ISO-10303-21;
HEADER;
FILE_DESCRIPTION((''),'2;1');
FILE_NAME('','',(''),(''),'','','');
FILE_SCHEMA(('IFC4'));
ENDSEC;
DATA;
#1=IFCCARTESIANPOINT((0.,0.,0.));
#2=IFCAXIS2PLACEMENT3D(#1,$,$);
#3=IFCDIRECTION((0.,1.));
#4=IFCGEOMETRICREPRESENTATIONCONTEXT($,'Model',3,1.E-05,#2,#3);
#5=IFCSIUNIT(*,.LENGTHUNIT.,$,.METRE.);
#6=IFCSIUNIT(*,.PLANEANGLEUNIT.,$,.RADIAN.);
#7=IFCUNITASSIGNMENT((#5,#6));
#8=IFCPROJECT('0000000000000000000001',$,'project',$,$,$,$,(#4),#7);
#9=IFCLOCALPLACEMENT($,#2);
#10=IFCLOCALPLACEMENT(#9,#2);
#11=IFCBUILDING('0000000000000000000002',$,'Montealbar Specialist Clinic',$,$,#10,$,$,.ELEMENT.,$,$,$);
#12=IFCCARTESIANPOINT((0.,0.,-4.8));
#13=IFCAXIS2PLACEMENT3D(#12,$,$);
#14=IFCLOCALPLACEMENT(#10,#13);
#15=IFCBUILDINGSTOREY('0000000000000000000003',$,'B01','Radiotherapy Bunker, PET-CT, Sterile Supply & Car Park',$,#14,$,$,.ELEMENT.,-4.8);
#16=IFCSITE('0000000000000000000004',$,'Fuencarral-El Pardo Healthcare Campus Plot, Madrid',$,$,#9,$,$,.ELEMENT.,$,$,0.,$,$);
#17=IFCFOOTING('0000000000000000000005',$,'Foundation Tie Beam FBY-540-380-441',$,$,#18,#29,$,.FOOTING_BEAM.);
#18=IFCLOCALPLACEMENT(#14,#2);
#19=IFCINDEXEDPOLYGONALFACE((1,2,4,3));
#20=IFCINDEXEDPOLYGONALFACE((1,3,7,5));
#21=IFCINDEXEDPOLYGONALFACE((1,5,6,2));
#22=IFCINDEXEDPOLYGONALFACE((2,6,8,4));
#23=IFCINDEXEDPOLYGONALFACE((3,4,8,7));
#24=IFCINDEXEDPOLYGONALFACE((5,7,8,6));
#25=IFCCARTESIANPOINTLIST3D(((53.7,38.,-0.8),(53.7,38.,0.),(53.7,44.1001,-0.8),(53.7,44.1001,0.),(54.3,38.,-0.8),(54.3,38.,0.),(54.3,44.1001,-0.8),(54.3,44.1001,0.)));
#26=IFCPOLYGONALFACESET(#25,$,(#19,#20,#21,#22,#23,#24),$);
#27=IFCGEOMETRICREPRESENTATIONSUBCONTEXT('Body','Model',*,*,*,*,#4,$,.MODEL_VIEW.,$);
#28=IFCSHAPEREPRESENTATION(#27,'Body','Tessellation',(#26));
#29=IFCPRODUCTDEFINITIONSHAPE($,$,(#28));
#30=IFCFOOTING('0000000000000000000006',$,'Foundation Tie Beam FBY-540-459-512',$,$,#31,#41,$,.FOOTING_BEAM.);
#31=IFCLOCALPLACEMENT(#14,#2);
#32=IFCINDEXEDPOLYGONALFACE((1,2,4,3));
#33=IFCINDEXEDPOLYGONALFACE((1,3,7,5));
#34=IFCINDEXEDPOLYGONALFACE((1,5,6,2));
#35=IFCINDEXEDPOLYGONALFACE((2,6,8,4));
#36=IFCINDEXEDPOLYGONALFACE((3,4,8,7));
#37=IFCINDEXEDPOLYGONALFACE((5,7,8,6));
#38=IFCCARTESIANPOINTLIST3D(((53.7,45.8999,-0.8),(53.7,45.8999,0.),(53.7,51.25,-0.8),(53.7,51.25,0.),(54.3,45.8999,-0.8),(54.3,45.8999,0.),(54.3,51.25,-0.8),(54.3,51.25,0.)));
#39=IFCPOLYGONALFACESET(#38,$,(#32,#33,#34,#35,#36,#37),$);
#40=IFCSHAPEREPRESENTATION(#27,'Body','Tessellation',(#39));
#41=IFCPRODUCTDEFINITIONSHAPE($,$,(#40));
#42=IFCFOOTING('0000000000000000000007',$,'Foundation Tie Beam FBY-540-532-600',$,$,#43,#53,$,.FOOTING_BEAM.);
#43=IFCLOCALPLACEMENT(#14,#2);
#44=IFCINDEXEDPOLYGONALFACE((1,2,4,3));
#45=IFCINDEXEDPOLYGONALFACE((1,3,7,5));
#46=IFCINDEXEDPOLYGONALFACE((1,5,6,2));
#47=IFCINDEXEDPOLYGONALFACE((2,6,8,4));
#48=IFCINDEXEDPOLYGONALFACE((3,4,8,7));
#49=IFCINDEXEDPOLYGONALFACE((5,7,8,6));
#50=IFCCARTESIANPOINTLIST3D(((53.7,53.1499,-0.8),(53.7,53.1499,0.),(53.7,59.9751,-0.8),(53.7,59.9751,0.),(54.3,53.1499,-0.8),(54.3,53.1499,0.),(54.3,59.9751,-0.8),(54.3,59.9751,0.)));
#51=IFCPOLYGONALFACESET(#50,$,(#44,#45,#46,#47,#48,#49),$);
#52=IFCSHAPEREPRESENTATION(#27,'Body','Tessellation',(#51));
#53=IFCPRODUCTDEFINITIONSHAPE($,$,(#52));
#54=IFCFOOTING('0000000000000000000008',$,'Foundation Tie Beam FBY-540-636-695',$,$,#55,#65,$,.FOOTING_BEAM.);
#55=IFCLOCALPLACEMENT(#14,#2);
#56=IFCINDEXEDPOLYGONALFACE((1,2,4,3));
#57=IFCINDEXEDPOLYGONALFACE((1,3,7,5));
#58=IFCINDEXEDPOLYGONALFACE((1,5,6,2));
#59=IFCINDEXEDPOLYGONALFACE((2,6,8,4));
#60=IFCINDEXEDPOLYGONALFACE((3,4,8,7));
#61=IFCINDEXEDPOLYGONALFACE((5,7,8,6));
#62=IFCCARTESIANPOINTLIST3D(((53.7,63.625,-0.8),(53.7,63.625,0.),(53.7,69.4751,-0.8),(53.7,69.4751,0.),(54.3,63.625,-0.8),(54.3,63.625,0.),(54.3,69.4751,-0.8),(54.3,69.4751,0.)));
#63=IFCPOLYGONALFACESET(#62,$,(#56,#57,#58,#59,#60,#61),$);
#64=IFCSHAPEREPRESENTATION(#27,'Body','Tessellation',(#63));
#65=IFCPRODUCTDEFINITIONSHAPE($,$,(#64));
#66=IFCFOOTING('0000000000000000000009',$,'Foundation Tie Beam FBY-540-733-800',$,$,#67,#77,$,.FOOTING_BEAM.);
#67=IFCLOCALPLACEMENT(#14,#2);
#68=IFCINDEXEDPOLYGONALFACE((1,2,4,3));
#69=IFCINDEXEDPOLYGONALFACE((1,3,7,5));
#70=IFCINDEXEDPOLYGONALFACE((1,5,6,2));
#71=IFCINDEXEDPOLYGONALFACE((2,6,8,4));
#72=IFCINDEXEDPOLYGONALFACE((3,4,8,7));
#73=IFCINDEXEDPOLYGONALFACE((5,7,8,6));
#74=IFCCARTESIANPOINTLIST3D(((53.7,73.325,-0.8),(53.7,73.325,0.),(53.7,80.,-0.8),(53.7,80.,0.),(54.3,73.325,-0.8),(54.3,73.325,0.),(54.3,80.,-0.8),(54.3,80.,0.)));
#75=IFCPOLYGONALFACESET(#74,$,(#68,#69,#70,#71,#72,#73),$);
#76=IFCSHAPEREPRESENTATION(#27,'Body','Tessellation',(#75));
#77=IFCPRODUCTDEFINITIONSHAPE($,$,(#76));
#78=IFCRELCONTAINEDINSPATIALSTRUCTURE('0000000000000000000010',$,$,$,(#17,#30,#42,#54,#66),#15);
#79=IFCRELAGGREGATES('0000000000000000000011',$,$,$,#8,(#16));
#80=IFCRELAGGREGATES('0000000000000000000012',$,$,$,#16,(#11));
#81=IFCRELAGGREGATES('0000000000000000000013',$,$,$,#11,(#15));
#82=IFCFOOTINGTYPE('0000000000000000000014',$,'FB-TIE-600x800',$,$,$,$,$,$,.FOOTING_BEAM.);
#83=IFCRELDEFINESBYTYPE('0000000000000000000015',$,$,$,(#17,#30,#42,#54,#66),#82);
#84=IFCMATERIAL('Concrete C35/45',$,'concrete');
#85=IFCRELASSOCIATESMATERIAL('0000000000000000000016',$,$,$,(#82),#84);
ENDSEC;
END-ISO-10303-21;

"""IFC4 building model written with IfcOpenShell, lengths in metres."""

from ifc_helpers import new_model, si_unit, direction, frame, origin, place, context, subcontext, project, spatial, polyline, outline, extrude, material, type_object, element, save


model = new_model("IFC4")

# Units and contexts
model_context = context("Model", 3, precision=1e-05, world=origin(), true_north=direction((0.0, 1.0)))
body_context = subcontext(model_context, "Body", "Model", "MODEL_VIEW")
ifc_project = project(units=[si_unit("LENGTHUNIT", "METRE"), si_unit("PLANEANGLEUNIT", "RADIAN")], contexts=[model_context])

# Site, building, storey
site_placement = place(None, origin())
site = spatial("IfcSite", under=ifc_project, at=site_placement, Name="Fuencarral-El Pardo Healthcare Campus Plot, Madrid", CompositionType="ELEMENT", RefElevation=0.0)
building_placement = place(site_placement, origin())
building = spatial("IfcBuilding", under=site, at=building_placement, Name="Montealbar Specialist Clinic", CompositionType="ELEMENT")
storey_placement = place(building_placement, frame((0.0, 0.0, -4.8)))
storey = spatial("IfcBuildingStorey", under=building, at=storey_placement, Name="B01", Description="Radiotherapy Bunker, PET-CT, Sterile Supply & Car Park", CompositionType="ELEMENT", Elevation=-4.8)

# Footings
ifc_material = material(Name="Concrete C35/45", Category="concrete")
footing_type = type_object("IfcFootingType", Name="FB-TIE-600x800", PredefinedType="FOOTING_BEAM", material=ifc_material)
footing_1_placement = place(storey_placement, frame((0.0, 0.0, -0.8)))
element("IfcFooting", 1, at=footing_1_placement, inside=storey, type_object=footing_type, Name="Foundation Tie Beam FBY-540-380-441", PredefinedType="FOOTING_BEAM", context=body_context, shape_type="SweptSolid", body=[
    extrude(outline(polyline([(53.7, 38.0), (54.3, 38.0), (54.3, 44.1001), (53.7, 44.1001), (53.7, 38.0)])), origin(), (0.0, 0.0, 1.0), 0.8),
])
footing_2_placement = place(storey_placement, frame((0.0, 0.0, -0.8)))
element("IfcFooting", 2, at=footing_2_placement, inside=storey, type_object=footing_type, Name="Foundation Tie Beam FBY-540-459-512", PredefinedType="FOOTING_BEAM", context=body_context, shape_type="SweptSolid", body=[
    extrude(outline(polyline([(53.7, 45.8999), (54.3, 45.8999), (54.3, 51.25), (53.7, 51.25), (53.7, 45.8999)])), origin(), (0.0, 0.0, 1.0), 0.8),
])
footing_3_placement = place(storey_placement, frame((0.0, 0.0, -0.8)))
element("IfcFooting", 3, at=footing_3_placement, inside=storey, type_object=footing_type, Name="Foundation Tie Beam FBY-540-532-600", PredefinedType="FOOTING_BEAM", context=body_context, shape_type="SweptSolid", body=[
    extrude(outline(polyline([(53.7, 53.1499), (54.3, 53.1499), (54.3, 59.9751), (53.7, 59.9751), (53.7, 53.1499)])), origin(), (0.0, 0.0, 1.0), 0.8),
])
footing_4_placement = place(storey_placement, frame((0.0, 0.0, -0.8)))
element("IfcFooting", 4, at=footing_4_placement, inside=storey, type_object=footing_type, Name="Foundation Tie Beam FBY-540-636-695", PredefinedType="FOOTING_BEAM", context=body_context, shape_type="SweptSolid", body=[
    extrude(outline(polyline([(53.7, 63.625), (54.3, 63.625), (54.3, 69.4751), (53.7, 69.4751), (53.7, 63.625)])), origin(), (0.0, 0.0, 1.0), 0.8),
])
footing_5_placement = place(storey_placement, frame((0.0, 0.0, -0.8)))
element("IfcFooting", 5, at=footing_5_placement, inside=storey, type_object=footing_type, Name="Foundation Tie Beam FBY-540-733-800", PredefinedType="FOOTING_BEAM", context=body_context, shape_type="SweptSolid", body=[
    extrude(outline(polyline([(53.7, 73.325), (54.3, 73.325), (54.3, 80.0), (53.7, 80.0), (53.7, 73.325)])), origin(), (0.0, 0.0, 1.0), 0.8),
])

save(model, "model.ifc")
